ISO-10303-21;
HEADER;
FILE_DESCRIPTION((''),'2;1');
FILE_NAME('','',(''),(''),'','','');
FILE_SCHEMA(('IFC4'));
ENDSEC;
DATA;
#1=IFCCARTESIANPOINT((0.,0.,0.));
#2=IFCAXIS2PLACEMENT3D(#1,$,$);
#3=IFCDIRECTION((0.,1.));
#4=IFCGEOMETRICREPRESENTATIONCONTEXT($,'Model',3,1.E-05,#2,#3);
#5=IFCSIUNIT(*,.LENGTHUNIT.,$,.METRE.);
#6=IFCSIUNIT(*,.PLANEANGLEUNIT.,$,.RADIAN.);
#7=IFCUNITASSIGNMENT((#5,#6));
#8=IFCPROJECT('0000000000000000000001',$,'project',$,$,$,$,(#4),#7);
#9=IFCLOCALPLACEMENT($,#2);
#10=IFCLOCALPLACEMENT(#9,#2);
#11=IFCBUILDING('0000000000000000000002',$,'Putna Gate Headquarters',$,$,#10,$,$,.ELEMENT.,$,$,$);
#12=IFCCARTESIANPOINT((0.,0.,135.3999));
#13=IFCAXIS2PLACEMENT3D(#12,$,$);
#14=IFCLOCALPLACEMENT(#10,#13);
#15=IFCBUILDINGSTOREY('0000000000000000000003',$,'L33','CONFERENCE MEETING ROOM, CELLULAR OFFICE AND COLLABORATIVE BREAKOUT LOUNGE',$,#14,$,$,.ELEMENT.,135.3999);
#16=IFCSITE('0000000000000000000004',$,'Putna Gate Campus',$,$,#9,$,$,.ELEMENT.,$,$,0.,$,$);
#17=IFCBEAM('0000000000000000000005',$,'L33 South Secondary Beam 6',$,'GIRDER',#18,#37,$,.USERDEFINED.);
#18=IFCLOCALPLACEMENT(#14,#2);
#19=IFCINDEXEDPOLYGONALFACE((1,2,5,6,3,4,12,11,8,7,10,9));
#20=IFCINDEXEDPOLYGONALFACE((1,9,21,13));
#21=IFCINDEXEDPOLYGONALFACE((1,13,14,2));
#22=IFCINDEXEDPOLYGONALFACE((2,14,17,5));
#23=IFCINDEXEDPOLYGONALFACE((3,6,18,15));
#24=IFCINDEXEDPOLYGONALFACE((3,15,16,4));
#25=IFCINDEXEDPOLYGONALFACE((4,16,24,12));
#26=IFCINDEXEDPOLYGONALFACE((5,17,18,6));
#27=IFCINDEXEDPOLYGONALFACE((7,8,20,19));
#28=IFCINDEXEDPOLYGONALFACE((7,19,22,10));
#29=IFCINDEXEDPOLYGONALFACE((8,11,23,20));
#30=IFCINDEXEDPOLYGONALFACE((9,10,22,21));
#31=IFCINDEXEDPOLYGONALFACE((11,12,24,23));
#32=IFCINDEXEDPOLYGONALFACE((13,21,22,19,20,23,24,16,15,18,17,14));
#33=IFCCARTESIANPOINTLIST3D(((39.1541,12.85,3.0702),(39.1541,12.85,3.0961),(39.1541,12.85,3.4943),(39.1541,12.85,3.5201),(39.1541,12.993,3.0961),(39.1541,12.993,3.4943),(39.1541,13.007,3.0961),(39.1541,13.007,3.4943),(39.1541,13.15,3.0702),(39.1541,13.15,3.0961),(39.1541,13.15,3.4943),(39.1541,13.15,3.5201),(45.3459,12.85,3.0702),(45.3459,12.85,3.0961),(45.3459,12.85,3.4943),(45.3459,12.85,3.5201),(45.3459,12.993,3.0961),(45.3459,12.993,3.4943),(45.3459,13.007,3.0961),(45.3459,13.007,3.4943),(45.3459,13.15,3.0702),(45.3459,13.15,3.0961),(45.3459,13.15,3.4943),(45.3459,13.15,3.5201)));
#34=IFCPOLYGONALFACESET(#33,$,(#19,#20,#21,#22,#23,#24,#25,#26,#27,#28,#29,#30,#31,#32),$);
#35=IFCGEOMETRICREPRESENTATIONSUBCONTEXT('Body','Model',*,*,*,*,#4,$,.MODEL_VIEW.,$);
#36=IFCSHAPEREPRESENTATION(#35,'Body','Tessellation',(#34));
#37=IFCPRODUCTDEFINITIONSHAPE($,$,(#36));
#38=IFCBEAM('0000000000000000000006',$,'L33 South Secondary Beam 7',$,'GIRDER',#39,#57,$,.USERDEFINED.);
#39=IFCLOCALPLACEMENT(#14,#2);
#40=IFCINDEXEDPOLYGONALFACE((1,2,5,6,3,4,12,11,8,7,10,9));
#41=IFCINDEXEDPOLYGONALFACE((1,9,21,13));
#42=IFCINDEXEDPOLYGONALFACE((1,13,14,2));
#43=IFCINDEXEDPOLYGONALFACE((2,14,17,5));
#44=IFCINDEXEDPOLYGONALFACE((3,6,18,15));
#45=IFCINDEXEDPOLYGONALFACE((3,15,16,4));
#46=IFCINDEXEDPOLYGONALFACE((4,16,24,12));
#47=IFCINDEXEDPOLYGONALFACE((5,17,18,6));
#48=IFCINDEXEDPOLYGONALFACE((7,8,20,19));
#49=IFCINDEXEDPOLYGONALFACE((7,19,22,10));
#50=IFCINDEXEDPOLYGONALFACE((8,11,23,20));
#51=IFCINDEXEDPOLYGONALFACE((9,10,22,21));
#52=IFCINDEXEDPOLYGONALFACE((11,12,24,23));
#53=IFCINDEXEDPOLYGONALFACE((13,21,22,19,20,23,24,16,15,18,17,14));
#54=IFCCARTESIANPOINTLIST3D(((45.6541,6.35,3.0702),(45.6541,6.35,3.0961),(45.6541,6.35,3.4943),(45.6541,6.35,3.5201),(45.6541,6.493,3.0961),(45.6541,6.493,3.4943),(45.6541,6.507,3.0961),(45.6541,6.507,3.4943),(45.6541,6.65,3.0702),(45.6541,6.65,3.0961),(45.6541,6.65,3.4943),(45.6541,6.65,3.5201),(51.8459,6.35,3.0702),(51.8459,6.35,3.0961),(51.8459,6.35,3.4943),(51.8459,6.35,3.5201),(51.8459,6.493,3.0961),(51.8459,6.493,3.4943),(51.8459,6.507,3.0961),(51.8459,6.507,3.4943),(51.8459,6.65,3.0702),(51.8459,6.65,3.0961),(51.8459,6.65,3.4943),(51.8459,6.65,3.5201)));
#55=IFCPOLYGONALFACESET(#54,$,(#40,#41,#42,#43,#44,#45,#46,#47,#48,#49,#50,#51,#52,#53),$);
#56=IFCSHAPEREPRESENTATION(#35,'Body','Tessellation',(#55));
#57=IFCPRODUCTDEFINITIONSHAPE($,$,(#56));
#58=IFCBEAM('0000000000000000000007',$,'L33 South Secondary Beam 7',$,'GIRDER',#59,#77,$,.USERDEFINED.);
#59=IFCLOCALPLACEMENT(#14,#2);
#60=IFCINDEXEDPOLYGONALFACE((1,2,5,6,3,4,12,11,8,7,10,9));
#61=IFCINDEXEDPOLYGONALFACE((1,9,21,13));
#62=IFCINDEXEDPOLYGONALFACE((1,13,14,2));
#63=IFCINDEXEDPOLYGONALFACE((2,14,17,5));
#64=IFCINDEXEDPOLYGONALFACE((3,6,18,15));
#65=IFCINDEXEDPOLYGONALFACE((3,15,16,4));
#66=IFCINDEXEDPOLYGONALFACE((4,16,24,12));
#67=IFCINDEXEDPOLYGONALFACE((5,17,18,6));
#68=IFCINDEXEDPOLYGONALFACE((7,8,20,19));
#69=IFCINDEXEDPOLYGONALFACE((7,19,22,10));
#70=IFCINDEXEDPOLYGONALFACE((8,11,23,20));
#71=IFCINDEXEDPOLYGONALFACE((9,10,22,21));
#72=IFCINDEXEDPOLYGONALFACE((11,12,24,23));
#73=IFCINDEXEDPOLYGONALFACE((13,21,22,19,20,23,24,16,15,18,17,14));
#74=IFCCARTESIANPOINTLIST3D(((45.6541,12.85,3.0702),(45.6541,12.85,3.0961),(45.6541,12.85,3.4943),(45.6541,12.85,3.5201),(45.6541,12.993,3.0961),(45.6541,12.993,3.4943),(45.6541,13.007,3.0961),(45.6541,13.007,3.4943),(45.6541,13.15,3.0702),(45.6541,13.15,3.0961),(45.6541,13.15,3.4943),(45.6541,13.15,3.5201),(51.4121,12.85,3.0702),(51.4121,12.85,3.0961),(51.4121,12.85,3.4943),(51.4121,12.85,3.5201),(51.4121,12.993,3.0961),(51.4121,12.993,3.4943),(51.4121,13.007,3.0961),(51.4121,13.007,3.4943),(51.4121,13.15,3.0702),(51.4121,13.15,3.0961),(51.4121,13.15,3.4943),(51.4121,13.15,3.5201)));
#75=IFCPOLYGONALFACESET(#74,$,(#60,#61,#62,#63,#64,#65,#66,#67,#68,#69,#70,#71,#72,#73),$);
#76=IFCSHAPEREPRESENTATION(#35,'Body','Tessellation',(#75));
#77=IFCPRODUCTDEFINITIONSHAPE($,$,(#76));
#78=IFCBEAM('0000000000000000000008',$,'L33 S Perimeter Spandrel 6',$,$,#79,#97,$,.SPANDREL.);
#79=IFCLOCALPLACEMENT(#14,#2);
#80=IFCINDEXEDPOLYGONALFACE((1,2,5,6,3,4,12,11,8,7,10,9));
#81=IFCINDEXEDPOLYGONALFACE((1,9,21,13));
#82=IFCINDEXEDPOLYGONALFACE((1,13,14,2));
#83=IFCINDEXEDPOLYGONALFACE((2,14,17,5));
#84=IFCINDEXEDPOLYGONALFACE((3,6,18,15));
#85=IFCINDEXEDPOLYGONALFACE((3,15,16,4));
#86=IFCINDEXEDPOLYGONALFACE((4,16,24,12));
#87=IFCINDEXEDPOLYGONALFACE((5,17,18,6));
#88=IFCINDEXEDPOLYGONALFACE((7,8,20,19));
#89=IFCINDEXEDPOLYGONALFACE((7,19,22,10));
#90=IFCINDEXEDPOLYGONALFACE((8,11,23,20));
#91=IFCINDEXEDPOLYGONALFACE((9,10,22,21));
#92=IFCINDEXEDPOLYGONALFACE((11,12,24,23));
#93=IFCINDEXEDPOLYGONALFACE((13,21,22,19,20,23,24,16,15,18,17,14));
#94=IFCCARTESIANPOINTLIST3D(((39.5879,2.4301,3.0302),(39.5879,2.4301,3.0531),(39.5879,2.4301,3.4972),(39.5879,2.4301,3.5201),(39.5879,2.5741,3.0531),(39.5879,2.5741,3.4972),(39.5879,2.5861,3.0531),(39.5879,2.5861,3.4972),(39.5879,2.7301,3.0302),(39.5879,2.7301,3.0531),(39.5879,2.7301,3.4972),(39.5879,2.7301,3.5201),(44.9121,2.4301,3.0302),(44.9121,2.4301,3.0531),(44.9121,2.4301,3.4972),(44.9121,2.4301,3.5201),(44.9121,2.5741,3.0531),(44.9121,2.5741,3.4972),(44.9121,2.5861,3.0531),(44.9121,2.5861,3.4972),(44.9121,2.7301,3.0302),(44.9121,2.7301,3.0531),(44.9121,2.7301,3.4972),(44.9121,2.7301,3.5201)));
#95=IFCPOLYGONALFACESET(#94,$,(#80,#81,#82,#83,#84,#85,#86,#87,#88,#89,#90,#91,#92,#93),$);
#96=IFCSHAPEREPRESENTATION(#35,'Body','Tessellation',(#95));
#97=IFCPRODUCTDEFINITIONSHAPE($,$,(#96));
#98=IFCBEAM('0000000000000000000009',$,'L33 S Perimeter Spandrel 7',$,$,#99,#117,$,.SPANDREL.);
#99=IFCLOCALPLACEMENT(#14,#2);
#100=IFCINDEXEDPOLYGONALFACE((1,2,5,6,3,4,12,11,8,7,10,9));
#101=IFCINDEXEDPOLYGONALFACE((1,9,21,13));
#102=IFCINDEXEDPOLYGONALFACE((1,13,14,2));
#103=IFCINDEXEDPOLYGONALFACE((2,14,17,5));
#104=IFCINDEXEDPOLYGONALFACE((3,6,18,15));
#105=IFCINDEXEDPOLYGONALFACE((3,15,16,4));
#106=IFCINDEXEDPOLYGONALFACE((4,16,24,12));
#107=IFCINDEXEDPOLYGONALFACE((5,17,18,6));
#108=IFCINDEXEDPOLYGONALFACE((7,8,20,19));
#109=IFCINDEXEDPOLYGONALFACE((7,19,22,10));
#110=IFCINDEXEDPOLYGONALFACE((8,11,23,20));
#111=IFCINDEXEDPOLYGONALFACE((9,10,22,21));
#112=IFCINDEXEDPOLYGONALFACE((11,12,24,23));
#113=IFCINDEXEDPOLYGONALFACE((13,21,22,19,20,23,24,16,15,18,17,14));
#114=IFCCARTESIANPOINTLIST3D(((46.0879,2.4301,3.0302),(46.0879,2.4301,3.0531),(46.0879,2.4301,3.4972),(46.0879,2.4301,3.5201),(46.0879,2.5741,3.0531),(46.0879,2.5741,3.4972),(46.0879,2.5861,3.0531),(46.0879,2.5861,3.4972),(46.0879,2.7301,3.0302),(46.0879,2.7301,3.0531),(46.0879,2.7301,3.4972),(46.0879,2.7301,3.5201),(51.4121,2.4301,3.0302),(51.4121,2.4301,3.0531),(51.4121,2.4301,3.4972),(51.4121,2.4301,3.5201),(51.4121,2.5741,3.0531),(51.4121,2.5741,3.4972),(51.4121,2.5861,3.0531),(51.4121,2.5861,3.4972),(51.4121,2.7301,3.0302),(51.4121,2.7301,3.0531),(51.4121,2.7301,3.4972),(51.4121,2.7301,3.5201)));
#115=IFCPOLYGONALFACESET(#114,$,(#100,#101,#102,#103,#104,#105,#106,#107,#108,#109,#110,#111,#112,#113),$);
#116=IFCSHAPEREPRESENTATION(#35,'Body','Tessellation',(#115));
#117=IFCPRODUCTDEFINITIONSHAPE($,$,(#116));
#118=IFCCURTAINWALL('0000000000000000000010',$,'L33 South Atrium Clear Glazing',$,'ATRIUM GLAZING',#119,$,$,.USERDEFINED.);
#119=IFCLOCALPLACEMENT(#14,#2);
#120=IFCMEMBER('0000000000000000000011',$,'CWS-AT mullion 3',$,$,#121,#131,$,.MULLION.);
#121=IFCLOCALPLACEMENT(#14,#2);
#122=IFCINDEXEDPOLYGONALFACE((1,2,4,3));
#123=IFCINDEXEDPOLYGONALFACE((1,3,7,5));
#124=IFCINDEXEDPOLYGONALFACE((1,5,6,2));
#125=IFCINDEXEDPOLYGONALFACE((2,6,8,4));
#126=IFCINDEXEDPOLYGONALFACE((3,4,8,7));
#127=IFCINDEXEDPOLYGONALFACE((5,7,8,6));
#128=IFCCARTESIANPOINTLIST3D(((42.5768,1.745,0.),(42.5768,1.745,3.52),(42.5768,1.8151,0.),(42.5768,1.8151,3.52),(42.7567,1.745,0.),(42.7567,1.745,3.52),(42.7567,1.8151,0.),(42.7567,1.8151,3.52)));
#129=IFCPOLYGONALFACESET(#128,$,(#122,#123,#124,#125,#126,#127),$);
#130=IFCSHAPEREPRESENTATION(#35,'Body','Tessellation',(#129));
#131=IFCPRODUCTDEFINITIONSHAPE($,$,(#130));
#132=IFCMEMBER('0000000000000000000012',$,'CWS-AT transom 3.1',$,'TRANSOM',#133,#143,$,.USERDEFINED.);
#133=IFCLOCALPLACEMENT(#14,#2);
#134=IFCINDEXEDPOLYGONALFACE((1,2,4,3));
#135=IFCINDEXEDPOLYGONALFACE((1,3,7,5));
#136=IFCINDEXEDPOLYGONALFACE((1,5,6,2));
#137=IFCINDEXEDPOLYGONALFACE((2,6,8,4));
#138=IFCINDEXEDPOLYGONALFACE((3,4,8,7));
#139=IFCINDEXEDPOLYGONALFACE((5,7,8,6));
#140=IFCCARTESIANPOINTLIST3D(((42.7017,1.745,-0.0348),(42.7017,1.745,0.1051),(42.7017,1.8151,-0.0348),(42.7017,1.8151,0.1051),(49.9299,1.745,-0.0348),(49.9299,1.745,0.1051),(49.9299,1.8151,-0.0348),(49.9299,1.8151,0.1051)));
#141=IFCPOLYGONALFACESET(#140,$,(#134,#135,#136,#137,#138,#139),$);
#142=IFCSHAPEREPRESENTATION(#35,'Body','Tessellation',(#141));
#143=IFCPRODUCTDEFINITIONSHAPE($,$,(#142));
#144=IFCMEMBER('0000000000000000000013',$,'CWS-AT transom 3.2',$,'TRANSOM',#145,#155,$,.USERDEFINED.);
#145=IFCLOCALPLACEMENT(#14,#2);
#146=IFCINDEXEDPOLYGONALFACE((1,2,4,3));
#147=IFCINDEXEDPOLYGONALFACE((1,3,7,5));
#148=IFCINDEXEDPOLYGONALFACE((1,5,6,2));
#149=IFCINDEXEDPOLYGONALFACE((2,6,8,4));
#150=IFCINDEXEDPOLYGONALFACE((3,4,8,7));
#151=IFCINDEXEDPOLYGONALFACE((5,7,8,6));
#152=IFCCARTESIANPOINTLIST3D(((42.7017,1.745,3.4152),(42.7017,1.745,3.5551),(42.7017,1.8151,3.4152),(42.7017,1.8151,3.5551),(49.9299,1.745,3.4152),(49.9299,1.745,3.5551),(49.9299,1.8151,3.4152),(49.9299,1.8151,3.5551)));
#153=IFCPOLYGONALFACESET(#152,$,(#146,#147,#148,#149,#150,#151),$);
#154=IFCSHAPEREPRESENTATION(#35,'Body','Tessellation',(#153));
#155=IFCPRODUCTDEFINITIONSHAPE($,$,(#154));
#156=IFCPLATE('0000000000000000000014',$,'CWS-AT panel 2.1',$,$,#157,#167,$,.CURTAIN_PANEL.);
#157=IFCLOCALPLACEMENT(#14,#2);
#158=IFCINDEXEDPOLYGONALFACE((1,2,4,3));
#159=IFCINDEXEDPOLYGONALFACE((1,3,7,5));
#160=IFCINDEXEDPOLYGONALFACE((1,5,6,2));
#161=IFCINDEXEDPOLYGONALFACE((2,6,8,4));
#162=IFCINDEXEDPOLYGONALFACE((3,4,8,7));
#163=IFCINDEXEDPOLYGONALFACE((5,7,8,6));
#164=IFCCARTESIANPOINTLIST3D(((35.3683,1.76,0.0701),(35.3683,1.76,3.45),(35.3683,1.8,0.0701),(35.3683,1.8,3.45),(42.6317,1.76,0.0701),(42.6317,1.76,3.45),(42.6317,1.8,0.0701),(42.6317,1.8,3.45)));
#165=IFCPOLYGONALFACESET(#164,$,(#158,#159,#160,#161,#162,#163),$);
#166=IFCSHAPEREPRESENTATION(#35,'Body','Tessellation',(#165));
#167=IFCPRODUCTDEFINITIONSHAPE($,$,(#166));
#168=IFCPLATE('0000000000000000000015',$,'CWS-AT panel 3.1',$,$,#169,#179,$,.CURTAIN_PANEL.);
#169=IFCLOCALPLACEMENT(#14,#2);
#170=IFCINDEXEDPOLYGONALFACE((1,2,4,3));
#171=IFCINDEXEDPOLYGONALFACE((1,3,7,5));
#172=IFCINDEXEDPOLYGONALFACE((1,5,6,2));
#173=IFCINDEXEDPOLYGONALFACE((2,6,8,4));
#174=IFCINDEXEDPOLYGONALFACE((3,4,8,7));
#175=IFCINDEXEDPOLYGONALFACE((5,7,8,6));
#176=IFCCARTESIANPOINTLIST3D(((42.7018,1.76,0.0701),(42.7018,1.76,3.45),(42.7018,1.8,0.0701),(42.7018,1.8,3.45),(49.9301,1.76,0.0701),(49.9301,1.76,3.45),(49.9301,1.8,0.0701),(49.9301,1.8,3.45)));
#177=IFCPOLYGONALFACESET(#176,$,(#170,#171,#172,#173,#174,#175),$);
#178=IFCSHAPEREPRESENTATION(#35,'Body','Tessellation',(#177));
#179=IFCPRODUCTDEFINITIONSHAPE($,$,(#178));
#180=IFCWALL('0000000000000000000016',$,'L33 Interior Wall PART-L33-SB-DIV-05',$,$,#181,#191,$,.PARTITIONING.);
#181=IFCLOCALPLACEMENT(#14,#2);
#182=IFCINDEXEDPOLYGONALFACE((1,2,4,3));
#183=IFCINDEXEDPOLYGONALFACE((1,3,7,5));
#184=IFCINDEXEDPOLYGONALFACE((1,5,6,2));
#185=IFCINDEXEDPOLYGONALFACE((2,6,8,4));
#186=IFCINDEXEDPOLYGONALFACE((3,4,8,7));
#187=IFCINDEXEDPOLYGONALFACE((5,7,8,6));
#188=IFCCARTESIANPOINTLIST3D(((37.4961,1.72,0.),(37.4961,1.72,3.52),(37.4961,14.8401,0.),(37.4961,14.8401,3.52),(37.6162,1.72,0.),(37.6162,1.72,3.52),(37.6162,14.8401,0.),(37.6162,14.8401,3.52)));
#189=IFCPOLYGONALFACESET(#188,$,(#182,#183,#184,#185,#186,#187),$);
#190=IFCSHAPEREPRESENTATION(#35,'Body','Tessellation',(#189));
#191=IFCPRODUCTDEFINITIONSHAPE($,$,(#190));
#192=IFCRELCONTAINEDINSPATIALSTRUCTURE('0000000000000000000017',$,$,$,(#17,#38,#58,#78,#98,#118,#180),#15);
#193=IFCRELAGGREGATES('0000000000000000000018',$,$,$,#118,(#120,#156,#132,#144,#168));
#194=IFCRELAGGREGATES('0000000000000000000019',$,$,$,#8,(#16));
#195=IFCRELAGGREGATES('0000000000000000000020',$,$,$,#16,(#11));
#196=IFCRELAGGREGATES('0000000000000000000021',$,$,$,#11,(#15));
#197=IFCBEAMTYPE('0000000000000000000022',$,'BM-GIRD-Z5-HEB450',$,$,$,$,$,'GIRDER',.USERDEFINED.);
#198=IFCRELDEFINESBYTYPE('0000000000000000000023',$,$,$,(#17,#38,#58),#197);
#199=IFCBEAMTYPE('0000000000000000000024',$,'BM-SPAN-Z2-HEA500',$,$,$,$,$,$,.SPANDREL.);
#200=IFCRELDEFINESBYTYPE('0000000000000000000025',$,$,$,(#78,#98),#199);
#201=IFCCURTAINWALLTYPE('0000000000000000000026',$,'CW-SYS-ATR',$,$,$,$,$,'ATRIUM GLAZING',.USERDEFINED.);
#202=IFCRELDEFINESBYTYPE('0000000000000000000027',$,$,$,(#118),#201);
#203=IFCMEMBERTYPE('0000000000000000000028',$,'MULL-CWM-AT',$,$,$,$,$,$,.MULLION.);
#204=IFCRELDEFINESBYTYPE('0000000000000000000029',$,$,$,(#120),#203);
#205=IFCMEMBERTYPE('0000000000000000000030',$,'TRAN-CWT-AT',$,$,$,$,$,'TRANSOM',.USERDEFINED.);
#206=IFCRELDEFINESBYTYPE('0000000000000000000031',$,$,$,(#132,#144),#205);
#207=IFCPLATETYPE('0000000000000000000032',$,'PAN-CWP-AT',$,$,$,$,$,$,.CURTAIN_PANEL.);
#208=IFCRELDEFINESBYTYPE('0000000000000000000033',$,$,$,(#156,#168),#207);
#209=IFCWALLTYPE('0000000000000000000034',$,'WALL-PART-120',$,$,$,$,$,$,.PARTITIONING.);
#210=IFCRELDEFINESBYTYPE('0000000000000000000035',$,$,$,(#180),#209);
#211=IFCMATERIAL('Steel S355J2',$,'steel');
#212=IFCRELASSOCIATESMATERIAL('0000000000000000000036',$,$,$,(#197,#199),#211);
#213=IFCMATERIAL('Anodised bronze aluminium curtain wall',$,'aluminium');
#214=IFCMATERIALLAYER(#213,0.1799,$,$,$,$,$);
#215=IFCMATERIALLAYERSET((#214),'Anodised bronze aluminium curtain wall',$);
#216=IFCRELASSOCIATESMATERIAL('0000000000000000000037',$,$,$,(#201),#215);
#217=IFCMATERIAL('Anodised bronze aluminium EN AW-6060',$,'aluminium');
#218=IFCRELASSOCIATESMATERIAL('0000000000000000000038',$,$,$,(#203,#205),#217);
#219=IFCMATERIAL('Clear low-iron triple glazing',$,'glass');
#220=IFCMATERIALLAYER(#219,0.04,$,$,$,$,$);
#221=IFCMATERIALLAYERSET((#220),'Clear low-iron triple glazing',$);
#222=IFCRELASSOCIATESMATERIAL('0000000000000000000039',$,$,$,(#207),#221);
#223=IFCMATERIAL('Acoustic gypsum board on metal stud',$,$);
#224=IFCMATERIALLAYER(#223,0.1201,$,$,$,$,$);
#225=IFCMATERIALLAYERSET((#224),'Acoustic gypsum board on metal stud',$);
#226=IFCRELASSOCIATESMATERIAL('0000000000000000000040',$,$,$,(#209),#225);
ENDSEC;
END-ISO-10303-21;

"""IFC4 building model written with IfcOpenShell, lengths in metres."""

from ifc_helpers import new_model, si_unit, direction, frame, frame_2d, origin, origin_2d, place, context, subcontext, project, spatial, rectangle, i_section, extrude, material, layer, layer_set, material_profile, profile_set, type_object, element, aggregate, save


model = new_model("IFC4")

# Units and contexts
model_context = context("Model", 3, precision=1e-05, world=origin(), true_north=direction((0.0, 1.0)))
body_context = subcontext(model_context, "Body", "Model", "MODEL_VIEW")
ifc_project = project(units=[si_unit("LENGTHUNIT", "METRE"), si_unit("PLANEANGLEUNIT", "RADIAN")], contexts=[model_context])

# Site, building, storey
site_placement = place(None, origin())
site = spatial("IfcSite", under=ifc_project, at=site_placement, Name="Putna Gate Campus", CompositionType="ELEMENT", RefElevation=0.0)
building_placement = place(site_placement, origin())
building = spatial("IfcBuilding", under=site, at=building_placement, Name="Putna Gate Headquarters", CompositionType="ELEMENT")
storey_placement = place(building_placement, frame((0.0, 0.0, 135.3999)))
storey = spatial("IfcBuildingStorey", under=building, at=storey_placement, Name="L33", Description="CONFERENCE MEETING ROOM, CELLULAR OFFICE AND COLLABORATIVE BREAKOUT LOUNGE", CompositionType="ELEMENT", Elevation=135.3999)

# Beams
ifc_material_1 = material(Name="Steel S355J2", Category="steel")
ifc_material_profile_1 = material_profile(ifc_material_1, i_section(OverallWidth=0.3, OverallDepth=0.45, WebThickness=0.0139, FlangeThickness=0.0259, at=origin_2d()), Name="Steel S355J2")
ifc_profile_set_1 = profile_set([ifc_material_profile_1], Name="Steel S355J2")
beam_type_1 = type_object("IfcBeamType", Name="BM-GIRD-Z5-HEB450", ElementType="GIRDER", PredefinedType="USERDEFINED", material=ifc_profile_set_1)
for number, where, z_axis, x_axis, name in (
    (1, (39.1541, 13.0, 3.2952), (1.0, 0.0, 0.0), (0.0, 1.0, 0.0), "L33 South Secondary Beam 6"),
    (2, (45.6541, 6.5, 3.2952), (1.0, 0.0, 0.0), (0.0, 1.0, 0.0), "L33 South Secondary Beam 7"),
):
    element("IfcBeam", number, at=place(storey_placement, frame(where, z_axis=z_axis, x_axis=x_axis)), inside=storey, type_object=beam_type_1, Name=name, ObjectType="GIRDER", PredefinedType="USERDEFINED", context=body_context, shape_type="SweptSolid", body=[
        extrude(i_section(OverallWidth=0.3, OverallDepth=0.45, WebThickness=0.0139, FlangeThickness=0.0259, at=origin_2d()), origin(), (0.0, 0.0, 1.0), 6.1919),
    ])
beam_1_placement = place(storey_placement, frame((45.6541, 13.0, 3.2952), z_axis=(1.0, 0.0, 0.0), x_axis=(0.0, 1.0, 0.0)))
element("IfcBeam", 3, at=beam_1_placement, inside=storey, type_object=beam_type_1, Name="L33 South Secondary Beam 7", ObjectType="GIRDER", PredefinedType="USERDEFINED", context=body_context, shape_type="SweptSolid", body=[
    extrude(i_section(OverallWidth=0.3, OverallDepth=0.45, WebThickness=0.0139, FlangeThickness=0.0259, at=origin_2d()), origin(), (0.0, 0.0, 1.0), 5.7581),
])
ifc_material_profile_2 = material_profile(ifc_material_1, i_section(OverallWidth=0.3, OverallDepth=0.49, WebThickness=0.012, FlangeThickness=0.0229, at=origin_2d()), Name="Steel S355J2")
ifc_profile_set_2 = profile_set([ifc_material_profile_2], Name="Steel S355J2")
beam_type_2 = type_object("IfcBeamType", Name="BM-SPAN-Z2-HEA500", PredefinedType="SPANDREL", material=ifc_profile_set_2)
for number, where, z_axis, x_axis, name in (
    (4, (39.5879, 2.5801, 3.2751), (1.0, 0.0, 0.0), (0.0, 1.0, 0.0), "L33 S Perimeter Spandrel 6"),
    (5, (46.0879, 2.5801, 3.2751), (1.0, 0.0, 0.0), (0.0, 1.0, 0.0), "L33 S Perimeter Spandrel 7"),
):
    element("IfcBeam", number, at=place(storey_placement, frame(where, z_axis=z_axis, x_axis=x_axis)), inside=storey, type_object=beam_type_2, Name=name, PredefinedType="SPANDREL", context=body_context, shape_type="SweptSolid", body=[
        extrude(i_section(OverallWidth=0.3, OverallDepth=0.49, WebThickness=0.012, FlangeThickness=0.0229, at=origin_2d()), origin(), (0.0, 0.0, 1.0), 5.3242),
    ])

# Curtain wall, members, plates
ifc_material_2 = material(Name="Anodised bronze aluminium curtain wall", Category="aluminium")
ifc_layer_1 = layer(ifc_material_2, 0.1799)
ifc_layer_set_1 = layer_set([ifc_layer_1], Name="Anodised bronze aluminium curtain wall")
curtain_wall_type = type_object("IfcCurtainWallType", Name="CW-SYS-ATR", ElementType="ATRIUM GLAZING", PredefinedType="USERDEFINED", material=ifc_layer_set_1)
curtain_wall_placement = place(storey_placement, origin())
curtain_wall = element("IfcCurtainWall", 6, at=curtain_wall_placement, inside=storey, type_object=curtain_wall_type, Name="L33 South Atrium Clear Glazing", ObjectType="ATRIUM GLAZING", PredefinedType="USERDEFINED")
ifc_material_3 = material(Name="Anodised bronze aluminium EN AW-6060", Category="aluminium")
ifc_material_profile_3 = material_profile(ifc_material_3, rectangle(XDim=0.0701, YDim=0.1799, at=origin_2d()), Name="Anodised bronze aluminium EN AW-6060")
ifc_profile_set_3 = profile_set([ifc_material_profile_3], Name="Anodised bronze aluminium EN AW-6060")
member_type_1 = type_object("IfcMemberType", Name="MULL-CWM-AT", PredefinedType="MULLION", material=ifc_profile_set_3)
member_1_placement = place(storey_placement, frame((42.6667, 1.78, 0.0), z_axis=(0.0, 0.0, 1.0), x_axis=(0.0, 1.0, 0.0)))
member_1 = element("IfcMember", 7, at=member_1_placement, type_object=member_type_1, Name="CWS-AT mullion 3", PredefinedType="MULLION", context=body_context, shape_type="SweptSolid", body=[
    extrude(rectangle(XDim=0.0701, YDim=0.1799, at=origin_2d()), origin(), (0.0, 0.0, 1.0), 3.52),
])
ifc_material_profile_4 = material_profile(ifc_material_3, rectangle(XDim=0.0701, YDim=0.1399, at=origin_2d()), Name="Anodised bronze aluminium EN AW-6060")
ifc_profile_set_4 = profile_set([ifc_material_profile_4], Name="Anodised bronze aluminium EN AW-6060")
member_type_2 = type_object("IfcMemberType", Name="TRAN-CWT-AT", ElementType="TRANSOM", PredefinedType="USERDEFINED", material=ifc_profile_set_4)
member_2_placement = place(storey_placement, frame((42.7017, 1.78, 0.0352), z_axis=(1.0, 0.0, 0.0), x_axis=(0.0, 1.0, 0.0)))
member_2 = element("IfcMember", 8, at=member_2_placement, type_object=member_type_2, Name="CWS-AT transom 3.1", ObjectType="TRANSOM", PredefinedType="USERDEFINED", context=body_context, shape_type="SweptSolid", body=[
    extrude(rectangle(XDim=0.0701, YDim=0.1399, at=origin_2d()), origin(), (0.0, 0.0, 1.0), 7.2283),
])
member_3_placement = place(storey_placement, frame((42.7017, 1.78, 3.4851), z_axis=(1.0, 0.0, 0.0), x_axis=(0.0, 1.0, 0.0)))
member_3 = element("IfcMember", 9, at=member_3_placement, type_object=member_type_2, Name="CWS-AT transom 3.2", ObjectType="TRANSOM", PredefinedType="USERDEFINED", context=body_context, shape_type="SweptSolid", body=[
    extrude(rectangle(XDim=0.0701, YDim=0.1399, at=origin_2d()), origin(), (0.0, 0.0, 1.0), 7.2283),
])
ifc_material_4 = material(Name="Clear low-iron triple glazing", Category="glass")
ifc_layer_2 = layer(ifc_material_4, 0.04)
ifc_layer_set_2 = layer_set([ifc_layer_2], Name="Clear low-iron triple glazing")
plate_type = type_object("IfcPlateType", Name="PAN-CWP-AT", PredefinedType="CURTAIN_PANEL", material=ifc_layer_set_2)
plate_1_placement = place(storey_placement, frame((39.0, 1.78, 0.0701), z_axis=(0.0, 0.0, 1.0), x_axis=(1.0, 0.0, 0.0)))
plate_1 = element("IfcPlate", 10, at=plate_1_placement, type_object=plate_type, Name="CWS-AT panel 2.1", PredefinedType="CURTAIN_PANEL", context=body_context, shape_type="SweptSolid", body=[
    extrude(rectangle(XDim=7.2634, YDim=0.04, at=origin_2d()), origin(), (0.0, 0.0, 1.0), 3.3799),
])
plate_2_placement = place(storey_placement, frame((46.3159, 1.78, 0.0701), z_axis=(0.0, 0.0, 1.0), x_axis=(1.0, 0.0, 0.0)))
plate_2 = element("IfcPlate", 11, at=plate_2_placement, type_object=plate_type, Name="CWS-AT panel 3.1", PredefinedType="CURTAIN_PANEL", context=body_context, shape_type="SweptSolid", body=[
    extrude(rectangle(XDim=7.2283, YDim=0.04, at=origin_2d()), origin(), (0.0, 0.0, 1.0), 3.3799),
])
aggregate(curtain_wall, [member_1, plate_1, member_2, member_3, plate_2])

# Wall
ifc_material_5 = material(Name="Acoustic gypsum board on metal stud")
ifc_layer_3 = layer(ifc_material_5, 0.1201)
ifc_layer_set_3 = layer_set([ifc_layer_3], Name="Acoustic gypsum board on metal stud")
wall_type_1 = type_object("IfcWallType", Name="WALL-PART-120", PredefinedType="PARTITIONING", material=ifc_layer_set_3)
for number, where, z_axis, x_axis, name in (
    (12, (37.5562, 1.72, 0.0), (0.0, 0.0, 1.0), (0.0, 1.0, 0.0), "L33 Interior Wall PART-L33-SB-DIV-05"),
):
    element("IfcWall", number, at=place(storey_placement, frame(where, z_axis=z_axis, x_axis=x_axis)), inside=storey, type_object=wall_type_1, Name=name, PredefinedType="PARTITIONING", context=body_context, shape_type="SweptSolid", body=[
        extrude(rectangle(XDim=13.1201, YDim=0.1201, at=frame_2d((6.5601, 0.0))), origin(), (0.0, 0.0, 1.0), 3.52),
    ])

save(model, "model.ifc")
